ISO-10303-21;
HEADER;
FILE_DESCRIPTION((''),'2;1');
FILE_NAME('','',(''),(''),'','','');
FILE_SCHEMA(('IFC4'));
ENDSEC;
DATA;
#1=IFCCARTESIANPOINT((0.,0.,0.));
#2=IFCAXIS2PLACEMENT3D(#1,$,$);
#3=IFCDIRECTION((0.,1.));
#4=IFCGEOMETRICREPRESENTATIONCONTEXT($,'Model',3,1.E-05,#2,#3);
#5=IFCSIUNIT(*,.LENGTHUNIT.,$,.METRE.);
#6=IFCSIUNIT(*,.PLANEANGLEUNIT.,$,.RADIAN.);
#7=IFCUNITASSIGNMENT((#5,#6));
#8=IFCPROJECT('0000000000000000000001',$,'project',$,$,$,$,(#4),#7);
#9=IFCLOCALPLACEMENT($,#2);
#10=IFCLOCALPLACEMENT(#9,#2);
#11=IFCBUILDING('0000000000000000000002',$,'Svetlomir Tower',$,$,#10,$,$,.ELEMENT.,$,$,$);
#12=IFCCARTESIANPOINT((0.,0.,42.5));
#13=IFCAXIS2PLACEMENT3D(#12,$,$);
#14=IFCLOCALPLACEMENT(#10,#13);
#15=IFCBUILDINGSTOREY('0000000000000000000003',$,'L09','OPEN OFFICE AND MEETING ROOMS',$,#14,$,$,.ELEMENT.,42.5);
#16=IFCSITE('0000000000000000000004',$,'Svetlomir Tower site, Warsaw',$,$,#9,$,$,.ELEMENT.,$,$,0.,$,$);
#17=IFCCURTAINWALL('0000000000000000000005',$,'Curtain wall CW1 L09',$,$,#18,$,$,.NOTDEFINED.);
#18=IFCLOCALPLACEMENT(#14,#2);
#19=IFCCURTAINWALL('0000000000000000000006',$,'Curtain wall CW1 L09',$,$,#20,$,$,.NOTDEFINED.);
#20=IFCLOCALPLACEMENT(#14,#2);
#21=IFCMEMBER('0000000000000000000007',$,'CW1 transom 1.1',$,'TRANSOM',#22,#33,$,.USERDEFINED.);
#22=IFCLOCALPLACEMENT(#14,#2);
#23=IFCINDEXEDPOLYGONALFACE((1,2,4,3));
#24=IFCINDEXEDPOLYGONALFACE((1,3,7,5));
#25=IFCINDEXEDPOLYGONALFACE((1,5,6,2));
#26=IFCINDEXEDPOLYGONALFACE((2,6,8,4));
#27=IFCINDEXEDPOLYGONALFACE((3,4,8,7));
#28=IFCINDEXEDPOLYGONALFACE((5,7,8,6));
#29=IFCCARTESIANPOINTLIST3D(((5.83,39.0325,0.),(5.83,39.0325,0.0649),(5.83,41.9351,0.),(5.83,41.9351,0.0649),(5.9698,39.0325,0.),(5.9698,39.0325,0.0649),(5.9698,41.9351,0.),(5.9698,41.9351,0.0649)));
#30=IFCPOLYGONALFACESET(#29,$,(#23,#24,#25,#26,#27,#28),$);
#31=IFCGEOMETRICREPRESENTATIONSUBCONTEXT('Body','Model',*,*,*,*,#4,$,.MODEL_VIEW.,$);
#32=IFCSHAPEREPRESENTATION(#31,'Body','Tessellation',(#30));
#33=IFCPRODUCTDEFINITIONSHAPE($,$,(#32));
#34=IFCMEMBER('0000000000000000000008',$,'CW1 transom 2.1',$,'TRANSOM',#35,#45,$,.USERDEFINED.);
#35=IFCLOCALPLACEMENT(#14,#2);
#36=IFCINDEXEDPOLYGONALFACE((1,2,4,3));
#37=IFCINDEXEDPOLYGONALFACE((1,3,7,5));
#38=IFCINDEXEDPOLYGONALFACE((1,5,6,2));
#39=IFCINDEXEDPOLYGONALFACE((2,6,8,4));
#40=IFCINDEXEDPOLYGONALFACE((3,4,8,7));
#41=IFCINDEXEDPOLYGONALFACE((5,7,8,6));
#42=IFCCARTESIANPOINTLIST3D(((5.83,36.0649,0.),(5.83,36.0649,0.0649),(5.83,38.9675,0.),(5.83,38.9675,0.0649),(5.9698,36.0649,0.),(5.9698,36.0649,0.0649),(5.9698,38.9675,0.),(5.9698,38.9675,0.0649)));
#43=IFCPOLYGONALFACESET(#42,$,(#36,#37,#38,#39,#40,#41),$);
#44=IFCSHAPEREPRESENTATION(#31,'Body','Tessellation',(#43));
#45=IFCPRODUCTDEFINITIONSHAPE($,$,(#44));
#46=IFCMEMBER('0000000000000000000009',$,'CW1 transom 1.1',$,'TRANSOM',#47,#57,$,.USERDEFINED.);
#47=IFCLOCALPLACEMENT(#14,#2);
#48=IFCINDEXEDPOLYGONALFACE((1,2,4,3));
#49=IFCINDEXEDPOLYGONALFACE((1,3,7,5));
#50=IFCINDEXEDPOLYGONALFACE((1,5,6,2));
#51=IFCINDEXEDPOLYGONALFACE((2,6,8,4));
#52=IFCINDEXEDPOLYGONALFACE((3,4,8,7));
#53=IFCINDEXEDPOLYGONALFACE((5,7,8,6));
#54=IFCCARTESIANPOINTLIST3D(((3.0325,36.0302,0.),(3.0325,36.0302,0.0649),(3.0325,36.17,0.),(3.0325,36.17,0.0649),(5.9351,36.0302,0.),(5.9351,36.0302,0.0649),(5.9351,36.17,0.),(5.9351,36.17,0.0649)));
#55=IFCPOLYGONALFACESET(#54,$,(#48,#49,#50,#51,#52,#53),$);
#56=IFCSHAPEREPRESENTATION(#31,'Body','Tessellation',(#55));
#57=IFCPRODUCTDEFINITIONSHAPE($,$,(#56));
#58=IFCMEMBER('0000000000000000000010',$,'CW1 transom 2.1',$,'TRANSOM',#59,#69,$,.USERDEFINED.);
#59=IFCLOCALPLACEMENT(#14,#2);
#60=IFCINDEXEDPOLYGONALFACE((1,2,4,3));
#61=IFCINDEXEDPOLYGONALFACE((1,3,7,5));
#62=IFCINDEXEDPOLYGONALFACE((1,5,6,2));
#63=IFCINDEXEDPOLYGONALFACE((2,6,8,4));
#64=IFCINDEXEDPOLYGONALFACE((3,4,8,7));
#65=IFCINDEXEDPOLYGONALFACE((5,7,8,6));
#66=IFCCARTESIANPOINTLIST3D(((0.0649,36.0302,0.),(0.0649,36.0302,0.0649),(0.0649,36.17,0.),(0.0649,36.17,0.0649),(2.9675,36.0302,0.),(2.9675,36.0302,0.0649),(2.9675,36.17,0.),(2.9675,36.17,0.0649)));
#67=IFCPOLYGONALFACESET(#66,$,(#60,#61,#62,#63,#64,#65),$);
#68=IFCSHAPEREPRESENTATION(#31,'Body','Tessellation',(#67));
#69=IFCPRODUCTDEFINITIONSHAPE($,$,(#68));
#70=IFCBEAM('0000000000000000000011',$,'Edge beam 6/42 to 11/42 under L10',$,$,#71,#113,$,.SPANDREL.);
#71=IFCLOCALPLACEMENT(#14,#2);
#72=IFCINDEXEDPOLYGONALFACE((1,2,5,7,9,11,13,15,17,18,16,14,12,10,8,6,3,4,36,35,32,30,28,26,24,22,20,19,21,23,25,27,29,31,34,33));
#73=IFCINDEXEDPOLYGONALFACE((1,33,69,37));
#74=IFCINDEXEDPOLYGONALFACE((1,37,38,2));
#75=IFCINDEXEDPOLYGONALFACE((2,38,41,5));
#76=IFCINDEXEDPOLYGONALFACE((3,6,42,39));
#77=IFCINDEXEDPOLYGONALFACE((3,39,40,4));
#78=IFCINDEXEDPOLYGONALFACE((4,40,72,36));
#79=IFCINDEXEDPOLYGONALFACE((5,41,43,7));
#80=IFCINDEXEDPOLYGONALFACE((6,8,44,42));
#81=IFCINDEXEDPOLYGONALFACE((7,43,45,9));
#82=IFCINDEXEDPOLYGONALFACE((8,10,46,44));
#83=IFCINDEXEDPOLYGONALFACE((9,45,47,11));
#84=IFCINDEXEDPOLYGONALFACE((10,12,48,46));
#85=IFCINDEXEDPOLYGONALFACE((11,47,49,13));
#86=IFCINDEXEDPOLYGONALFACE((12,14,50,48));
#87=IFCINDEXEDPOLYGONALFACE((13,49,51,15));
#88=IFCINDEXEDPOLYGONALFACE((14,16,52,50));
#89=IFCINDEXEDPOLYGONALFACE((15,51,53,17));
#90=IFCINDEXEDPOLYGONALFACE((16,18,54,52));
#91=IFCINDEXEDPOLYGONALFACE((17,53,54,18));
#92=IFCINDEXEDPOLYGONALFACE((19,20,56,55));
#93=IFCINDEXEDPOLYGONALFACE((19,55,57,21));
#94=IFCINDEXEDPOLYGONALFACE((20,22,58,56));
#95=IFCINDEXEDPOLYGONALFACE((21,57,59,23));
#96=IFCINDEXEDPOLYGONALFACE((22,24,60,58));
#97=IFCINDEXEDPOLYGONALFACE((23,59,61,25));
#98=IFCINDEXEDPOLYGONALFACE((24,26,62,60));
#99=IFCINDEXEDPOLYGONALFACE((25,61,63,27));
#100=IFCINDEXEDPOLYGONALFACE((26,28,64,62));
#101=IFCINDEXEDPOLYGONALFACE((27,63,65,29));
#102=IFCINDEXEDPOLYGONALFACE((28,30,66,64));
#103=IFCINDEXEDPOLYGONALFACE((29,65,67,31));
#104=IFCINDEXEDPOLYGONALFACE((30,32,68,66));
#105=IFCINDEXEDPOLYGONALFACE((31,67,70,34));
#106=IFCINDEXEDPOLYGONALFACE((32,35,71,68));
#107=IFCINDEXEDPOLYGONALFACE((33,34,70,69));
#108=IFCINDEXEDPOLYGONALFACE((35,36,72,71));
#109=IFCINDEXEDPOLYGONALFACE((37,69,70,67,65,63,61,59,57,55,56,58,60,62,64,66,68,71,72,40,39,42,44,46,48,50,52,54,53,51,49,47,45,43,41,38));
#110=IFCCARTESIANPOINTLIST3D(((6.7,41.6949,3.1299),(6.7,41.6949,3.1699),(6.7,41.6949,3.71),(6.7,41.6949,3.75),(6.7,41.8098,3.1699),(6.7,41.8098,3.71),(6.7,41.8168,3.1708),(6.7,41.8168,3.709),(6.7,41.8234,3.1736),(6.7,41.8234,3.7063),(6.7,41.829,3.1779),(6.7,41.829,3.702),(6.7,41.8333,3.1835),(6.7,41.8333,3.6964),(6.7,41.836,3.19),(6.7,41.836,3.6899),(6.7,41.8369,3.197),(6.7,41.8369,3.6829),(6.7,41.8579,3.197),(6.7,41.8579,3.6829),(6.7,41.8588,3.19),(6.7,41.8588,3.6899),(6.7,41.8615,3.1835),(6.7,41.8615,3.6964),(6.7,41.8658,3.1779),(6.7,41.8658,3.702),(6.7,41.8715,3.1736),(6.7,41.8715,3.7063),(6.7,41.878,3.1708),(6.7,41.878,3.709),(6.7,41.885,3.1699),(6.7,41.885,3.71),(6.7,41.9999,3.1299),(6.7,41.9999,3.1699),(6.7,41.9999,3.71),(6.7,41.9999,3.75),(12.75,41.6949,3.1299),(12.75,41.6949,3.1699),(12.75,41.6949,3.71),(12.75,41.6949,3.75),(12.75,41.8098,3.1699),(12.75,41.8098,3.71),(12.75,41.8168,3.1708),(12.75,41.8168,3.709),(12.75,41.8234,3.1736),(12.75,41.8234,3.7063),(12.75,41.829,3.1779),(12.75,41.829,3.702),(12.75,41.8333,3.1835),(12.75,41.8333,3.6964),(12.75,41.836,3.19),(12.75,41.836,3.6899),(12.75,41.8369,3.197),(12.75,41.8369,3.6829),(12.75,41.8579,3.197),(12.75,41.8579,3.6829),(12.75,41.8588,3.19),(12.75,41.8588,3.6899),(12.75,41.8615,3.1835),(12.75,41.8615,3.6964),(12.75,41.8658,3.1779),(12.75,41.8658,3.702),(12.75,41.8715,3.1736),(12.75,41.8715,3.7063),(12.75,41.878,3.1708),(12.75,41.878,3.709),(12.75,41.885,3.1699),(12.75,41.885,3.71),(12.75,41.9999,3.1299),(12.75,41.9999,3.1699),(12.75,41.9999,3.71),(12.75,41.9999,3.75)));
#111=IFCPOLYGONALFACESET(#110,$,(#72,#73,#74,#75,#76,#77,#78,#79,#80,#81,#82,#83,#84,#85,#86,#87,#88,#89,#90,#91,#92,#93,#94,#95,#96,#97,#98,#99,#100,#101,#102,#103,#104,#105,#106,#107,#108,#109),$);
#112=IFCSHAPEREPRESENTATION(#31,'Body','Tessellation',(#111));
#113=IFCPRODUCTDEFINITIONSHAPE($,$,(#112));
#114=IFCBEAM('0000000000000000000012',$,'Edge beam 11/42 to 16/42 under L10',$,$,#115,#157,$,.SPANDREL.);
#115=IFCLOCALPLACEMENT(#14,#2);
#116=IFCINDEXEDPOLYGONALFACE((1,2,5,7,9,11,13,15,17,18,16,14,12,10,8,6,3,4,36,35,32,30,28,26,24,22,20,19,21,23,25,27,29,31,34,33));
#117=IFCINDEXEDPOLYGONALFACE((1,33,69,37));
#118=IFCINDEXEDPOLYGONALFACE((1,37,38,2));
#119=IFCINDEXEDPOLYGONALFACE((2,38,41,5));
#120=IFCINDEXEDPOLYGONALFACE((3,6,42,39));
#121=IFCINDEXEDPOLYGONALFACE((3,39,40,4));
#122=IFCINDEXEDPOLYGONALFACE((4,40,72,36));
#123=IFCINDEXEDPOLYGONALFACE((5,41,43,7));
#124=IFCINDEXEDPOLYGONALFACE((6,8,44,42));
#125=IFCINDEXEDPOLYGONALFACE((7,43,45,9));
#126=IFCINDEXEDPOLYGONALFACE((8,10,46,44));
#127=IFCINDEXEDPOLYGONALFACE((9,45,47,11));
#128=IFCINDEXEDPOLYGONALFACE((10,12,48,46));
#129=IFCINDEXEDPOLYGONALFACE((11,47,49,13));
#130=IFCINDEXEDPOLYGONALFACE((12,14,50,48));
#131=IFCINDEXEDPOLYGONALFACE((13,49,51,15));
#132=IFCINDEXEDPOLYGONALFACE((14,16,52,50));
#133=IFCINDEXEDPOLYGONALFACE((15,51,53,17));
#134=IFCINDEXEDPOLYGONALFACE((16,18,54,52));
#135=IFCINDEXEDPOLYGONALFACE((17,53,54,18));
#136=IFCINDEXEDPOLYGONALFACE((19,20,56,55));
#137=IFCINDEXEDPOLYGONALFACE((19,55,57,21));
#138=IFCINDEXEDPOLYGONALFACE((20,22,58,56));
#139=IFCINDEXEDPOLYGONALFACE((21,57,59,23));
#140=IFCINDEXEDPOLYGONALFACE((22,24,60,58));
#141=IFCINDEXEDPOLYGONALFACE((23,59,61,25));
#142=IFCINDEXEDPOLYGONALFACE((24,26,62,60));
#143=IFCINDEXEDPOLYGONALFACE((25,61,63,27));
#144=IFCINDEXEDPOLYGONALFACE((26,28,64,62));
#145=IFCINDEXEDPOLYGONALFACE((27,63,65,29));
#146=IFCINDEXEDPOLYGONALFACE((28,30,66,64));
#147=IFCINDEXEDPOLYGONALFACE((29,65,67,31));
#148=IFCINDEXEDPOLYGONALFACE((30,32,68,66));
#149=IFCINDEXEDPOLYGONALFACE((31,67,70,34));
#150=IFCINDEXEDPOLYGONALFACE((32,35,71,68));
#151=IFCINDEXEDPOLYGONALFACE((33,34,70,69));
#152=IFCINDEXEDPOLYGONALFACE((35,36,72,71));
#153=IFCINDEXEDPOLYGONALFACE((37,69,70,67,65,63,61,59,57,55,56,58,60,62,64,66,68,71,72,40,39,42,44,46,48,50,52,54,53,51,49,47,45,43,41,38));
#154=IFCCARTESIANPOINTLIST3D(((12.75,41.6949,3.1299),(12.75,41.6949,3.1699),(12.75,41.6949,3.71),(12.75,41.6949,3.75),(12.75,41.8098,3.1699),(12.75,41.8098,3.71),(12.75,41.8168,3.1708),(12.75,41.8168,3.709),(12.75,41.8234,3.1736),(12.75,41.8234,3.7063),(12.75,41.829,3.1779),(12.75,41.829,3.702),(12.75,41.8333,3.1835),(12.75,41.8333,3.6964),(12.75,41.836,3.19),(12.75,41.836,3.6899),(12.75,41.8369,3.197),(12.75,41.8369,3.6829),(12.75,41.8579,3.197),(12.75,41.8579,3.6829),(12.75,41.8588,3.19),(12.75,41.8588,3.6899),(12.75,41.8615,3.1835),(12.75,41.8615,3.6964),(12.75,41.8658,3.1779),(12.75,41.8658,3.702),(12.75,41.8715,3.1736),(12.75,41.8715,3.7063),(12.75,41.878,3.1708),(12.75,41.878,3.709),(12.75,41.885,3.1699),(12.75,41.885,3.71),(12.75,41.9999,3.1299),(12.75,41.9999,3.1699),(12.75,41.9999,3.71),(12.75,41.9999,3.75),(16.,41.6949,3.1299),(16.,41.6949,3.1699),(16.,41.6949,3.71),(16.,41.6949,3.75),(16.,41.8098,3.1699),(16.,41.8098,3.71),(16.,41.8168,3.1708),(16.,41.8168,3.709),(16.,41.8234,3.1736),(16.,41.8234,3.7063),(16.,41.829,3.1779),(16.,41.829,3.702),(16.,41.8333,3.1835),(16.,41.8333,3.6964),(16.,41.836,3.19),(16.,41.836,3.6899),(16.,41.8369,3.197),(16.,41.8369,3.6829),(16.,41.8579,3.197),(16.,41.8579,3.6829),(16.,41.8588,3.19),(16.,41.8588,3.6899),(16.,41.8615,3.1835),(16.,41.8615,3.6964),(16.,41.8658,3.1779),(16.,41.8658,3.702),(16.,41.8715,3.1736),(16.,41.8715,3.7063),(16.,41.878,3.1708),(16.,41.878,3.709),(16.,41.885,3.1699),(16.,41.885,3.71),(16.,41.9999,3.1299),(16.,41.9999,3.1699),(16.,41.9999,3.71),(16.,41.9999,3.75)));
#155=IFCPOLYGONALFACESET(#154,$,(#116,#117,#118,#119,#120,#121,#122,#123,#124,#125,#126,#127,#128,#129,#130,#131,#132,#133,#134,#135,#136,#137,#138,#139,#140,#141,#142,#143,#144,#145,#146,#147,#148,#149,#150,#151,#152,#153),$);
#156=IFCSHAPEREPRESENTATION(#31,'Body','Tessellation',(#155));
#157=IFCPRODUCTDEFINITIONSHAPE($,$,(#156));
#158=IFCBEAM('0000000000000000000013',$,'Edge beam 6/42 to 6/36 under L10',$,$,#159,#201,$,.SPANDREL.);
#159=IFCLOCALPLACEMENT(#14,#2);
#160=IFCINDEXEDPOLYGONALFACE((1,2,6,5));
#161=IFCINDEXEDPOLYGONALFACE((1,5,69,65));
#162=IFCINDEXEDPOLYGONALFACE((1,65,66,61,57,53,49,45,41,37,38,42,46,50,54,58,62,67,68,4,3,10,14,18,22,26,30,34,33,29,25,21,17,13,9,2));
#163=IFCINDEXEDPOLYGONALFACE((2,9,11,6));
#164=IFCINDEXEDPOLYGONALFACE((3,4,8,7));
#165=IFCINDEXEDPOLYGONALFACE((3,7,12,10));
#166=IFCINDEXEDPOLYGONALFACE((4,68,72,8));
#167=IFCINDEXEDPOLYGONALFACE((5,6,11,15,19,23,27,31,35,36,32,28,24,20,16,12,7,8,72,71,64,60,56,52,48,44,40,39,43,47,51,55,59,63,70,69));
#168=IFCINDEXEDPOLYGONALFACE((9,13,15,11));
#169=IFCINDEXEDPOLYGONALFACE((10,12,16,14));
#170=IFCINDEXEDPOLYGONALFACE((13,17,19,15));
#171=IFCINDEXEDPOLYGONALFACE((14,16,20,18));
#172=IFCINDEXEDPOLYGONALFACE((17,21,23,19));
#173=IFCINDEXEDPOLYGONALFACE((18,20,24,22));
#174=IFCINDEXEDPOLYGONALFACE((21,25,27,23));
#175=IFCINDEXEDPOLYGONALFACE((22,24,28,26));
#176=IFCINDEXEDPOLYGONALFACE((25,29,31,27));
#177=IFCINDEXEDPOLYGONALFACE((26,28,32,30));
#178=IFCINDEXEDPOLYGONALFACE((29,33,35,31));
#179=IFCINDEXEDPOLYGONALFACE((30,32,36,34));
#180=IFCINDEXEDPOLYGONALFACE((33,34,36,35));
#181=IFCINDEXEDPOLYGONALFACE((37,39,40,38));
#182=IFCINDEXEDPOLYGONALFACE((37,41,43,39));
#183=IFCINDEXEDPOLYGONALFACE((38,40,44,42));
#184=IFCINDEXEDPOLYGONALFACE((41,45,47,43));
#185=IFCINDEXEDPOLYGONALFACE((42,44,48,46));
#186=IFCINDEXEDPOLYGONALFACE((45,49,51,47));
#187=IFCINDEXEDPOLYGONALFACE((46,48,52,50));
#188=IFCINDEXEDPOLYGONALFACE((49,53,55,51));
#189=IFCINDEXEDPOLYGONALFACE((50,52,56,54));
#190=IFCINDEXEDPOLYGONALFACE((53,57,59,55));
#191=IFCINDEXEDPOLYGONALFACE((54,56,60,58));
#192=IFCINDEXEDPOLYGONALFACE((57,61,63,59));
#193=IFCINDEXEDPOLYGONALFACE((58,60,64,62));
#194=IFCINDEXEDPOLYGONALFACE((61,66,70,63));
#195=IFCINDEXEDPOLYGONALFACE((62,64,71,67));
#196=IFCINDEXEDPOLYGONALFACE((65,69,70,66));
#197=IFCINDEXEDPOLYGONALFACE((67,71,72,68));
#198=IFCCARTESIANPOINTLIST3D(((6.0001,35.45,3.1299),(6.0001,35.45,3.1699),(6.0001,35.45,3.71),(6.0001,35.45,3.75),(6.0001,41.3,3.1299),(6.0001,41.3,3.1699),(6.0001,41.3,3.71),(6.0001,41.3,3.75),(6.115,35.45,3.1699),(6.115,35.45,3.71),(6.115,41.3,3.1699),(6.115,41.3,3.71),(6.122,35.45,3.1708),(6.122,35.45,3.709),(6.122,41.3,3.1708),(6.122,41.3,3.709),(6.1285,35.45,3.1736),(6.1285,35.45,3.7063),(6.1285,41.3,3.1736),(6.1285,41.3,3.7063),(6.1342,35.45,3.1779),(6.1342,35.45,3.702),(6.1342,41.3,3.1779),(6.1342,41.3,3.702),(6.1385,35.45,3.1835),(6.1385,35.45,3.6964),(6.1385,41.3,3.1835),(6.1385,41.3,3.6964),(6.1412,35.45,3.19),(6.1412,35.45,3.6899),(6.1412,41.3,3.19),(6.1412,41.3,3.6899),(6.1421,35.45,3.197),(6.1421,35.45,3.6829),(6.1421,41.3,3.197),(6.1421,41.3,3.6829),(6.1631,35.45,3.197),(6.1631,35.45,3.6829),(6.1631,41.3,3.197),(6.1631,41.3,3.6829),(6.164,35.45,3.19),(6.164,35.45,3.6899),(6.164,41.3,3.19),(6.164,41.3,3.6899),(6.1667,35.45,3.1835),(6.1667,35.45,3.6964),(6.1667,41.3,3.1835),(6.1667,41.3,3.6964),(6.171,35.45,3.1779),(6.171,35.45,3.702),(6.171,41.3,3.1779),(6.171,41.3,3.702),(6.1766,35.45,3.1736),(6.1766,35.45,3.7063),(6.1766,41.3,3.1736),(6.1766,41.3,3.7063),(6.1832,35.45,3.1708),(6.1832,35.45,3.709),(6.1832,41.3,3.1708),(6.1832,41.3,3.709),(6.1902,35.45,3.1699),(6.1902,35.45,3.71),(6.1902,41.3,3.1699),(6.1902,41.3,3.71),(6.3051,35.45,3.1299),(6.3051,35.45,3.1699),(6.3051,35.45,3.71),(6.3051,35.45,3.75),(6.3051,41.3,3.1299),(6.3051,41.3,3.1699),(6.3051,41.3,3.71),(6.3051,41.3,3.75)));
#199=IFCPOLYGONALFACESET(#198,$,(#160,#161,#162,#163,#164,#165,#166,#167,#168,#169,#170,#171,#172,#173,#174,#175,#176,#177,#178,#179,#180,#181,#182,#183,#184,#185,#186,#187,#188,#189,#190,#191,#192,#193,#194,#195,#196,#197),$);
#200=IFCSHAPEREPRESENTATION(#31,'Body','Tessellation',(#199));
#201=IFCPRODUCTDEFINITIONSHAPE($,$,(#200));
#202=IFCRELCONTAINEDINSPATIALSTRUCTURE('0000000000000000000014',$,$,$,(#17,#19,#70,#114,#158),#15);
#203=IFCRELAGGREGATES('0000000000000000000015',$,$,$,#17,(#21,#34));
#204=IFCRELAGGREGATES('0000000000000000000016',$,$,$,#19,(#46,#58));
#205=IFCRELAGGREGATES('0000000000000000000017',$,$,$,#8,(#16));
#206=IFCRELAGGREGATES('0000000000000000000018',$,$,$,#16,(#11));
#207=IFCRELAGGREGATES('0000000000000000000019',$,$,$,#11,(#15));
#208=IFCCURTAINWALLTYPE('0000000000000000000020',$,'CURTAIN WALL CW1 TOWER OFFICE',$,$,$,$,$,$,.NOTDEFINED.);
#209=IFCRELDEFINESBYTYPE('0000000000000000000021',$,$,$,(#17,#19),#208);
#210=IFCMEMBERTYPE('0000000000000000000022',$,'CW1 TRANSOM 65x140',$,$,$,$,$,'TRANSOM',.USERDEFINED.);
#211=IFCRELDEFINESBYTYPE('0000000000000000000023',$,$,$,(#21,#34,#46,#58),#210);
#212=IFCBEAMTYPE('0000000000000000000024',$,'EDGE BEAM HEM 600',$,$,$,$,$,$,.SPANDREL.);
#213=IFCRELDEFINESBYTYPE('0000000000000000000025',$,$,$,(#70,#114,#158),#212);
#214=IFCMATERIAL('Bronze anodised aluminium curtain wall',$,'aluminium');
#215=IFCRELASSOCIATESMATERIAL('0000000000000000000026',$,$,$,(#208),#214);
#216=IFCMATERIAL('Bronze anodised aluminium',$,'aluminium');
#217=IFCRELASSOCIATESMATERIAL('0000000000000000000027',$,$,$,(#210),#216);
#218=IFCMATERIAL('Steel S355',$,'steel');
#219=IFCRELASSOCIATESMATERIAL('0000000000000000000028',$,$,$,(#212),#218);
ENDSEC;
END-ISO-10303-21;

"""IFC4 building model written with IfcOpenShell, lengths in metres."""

from ifc_helpers import new_model, si_unit, direction, frame, origin, origin_2d, place, context, subcontext, project, spatial, rectangle, i_section, extrude, material, material_profile, profile_set, type_object, element, aggregate, save


model = new_model("IFC4")

# Units and contexts
model_context = context("Model", 3, precision=1e-05, world=origin(), true_north=direction((0.0, 1.0)))
body_context = subcontext(model_context, "Body", "Model", "MODEL_VIEW")
ifc_project = project(units=[si_unit("LENGTHUNIT", "METRE"), si_unit("PLANEANGLEUNIT", "RADIAN")], contexts=[model_context])

# Site, building, storey
site_placement = place(None, origin())
site = spatial("IfcSite", under=ifc_project, at=site_placement, Name="Svetlomir Tower site, Warsaw", CompositionType="ELEMENT", RefElevation=0.0)
building_placement = place(site_placement, origin())
building = spatial("IfcBuilding", under=site, at=building_placement, Name="Svetlomir Tower", CompositionType="ELEMENT")
storey_placement = place(building_placement, frame((0.0, 0.0, 42.5)))
storey = spatial("IfcBuildingStorey", under=building, at=storey_placement, Name="L09", Description="OPEN OFFICE AND MEETING ROOMS", CompositionType="ELEMENT", Elevation=42.5)

# Curtain walls
ifc_material_1 = material(Name="Bronze anodised aluminium curtain wall", Category="aluminium")
curtain_wall_type = type_object("IfcCurtainWallType", Name="CURTAIN WALL CW1 TOWER OFFICE", PredefinedType="NOTDEFINED", material=ifc_material_1)
curtain_wall_1_placement = place(storey_placement, origin())
curtain_wall_1 = element("IfcCurtainWall", 1, at=curtain_wall_1_placement, inside=storey, type_object=curtain_wall_type, Name="Curtain wall CW1 L09", PredefinedType="NOTDEFINED")
curtain_wall_2_placement = place(storey_placement, origin())
curtain_wall_2 = element("IfcCurtainWall", 2, at=curtain_wall_2_placement, inside=storey, type_object=curtain_wall_type, Name="Curtain wall CW1 L09", PredefinedType="NOTDEFINED")

# Members
ifc_material_2 = material(Name="Bronze anodised aluminium", Category="aluminium")
ifc_material_profile_1 = material_profile(ifc_material_2, rectangle(XDim=0.1399, YDim=0.0649, at=origin_2d()), Name="AL 140x65")
ifc_profile_set_1 = profile_set([ifc_material_profile_1], Name="Bronze anodised aluminium 6063-T6")
member_type_1 = type_object("IfcMemberType", Name="CW1 TRANSOM 65x140", ElementType="TRANSOM", PredefinedType="USERDEFINED", material=ifc_profile_set_1)
member_1_placement = place(storey_placement, frame((5.8999, 41.9351, 0.0325), z_axis=(0.0, -1.0, 0.0), x_axis=(1.0, 0.0, 0.0)))
member_1 = element("IfcMember", 3, at=member_1_placement, type_object=member_type_1, Name="CW1 transom 1.1", ObjectType="TRANSOM", PredefinedType="USERDEFINED", context=body_context, shape_type="SweptSolid", body=[
    extrude(rectangle(XDim=0.1399, YDim=0.0649, at=origin_2d()), origin(), (0.0, 0.0, 1.0), 2.9026),
])
member_2_placement = place(storey_placement, frame((5.8999, 38.9675, 0.0325), z_axis=(0.0, -1.0, 0.0), x_axis=(1.0, 0.0, 0.0)))
member_2 = element("IfcMember", 4, at=member_2_placement, type_object=member_type_1, Name="CW1 transom 2.1", ObjectType="TRANSOM", PredefinedType="USERDEFINED", context=body_context, shape_type="SweptSolid", body=[
    extrude(rectangle(XDim=0.1399, YDim=0.0649, at=origin_2d()), origin(), (0.0, 0.0, 1.0), 2.9026),
])
member_3_placement = place(storey_placement, frame((5.9351, 36.1001, 0.0325), z_axis=(-1.0, 0.0, 0.0), x_axis=(0.0, -1.0, 0.0)))
member_3 = element("IfcMember", 5, at=member_3_placement, type_object=member_type_1, Name="CW1 transom 1.1", ObjectType="TRANSOM", PredefinedType="USERDEFINED", context=body_context, shape_type="SweptSolid", body=[
    extrude(rectangle(XDim=0.1399, YDim=0.0649, at=origin_2d()), origin(), (0.0, 0.0, 1.0), 2.9026),
])
member_4_placement = place(storey_placement, frame((2.9675, 36.1001, 0.0325), z_axis=(-1.0, 0.0, 0.0), x_axis=(0.0, -1.0, 0.0)))
member_4 = element("IfcMember", 6, at=member_4_placement, type_object=member_type_1, Name="CW1 transom 2.1", ObjectType="TRANSOM", PredefinedType="USERDEFINED", context=body_context, shape_type="SweptSolid", body=[
    extrude(rectangle(XDim=0.1399, YDim=0.0649, at=origin_2d()), origin(), (0.0, 0.0, 1.0), 2.9026),
])

# Beams
ifc_material_3 = material(Name="Steel S355", Category="steel")
ifc_material_profile_2 = material_profile(ifc_material_3, i_section(OverallWidth=0.3049, OverallDepth=0.6201, WebThickness=0.021, FlangeThickness=0.04, FilletRadius=0.0271, at=origin_2d()), Name="HEM 600")
ifc_profile_set_2 = profile_set([ifc_material_profile_2], Name="Steel S355")
beam_type = type_object("IfcBeamType", Name="EDGE BEAM HEM 600", PredefinedType="SPANDREL", material=ifc_profile_set_2)
beam_1_placement = place(storey_placement, frame((6.7, 41.8474, 3.4399), z_axis=(1.0, 0.0, 0.0), x_axis=(0.0, 1.0, 0.0)))
element("IfcBeam", 7, at=beam_1_placement, inside=storey, type_object=beam_type, Name="Edge beam 6/42 to 11/42 under L10", PredefinedType="SPANDREL", context=body_context, shape_type="SweptSolid", body=[
    extrude(i_section(OverallWidth=0.3049, OverallDepth=0.6201, WebThickness=0.021, FlangeThickness=0.04, FilletRadius=0.0271, at=origin_2d()), origin(), (0.0, 0.0, 1.0), 6.05),
])
beam_2_placement = place(storey_placement, frame((12.75, 41.8474, 3.4399), z_axis=(1.0, 0.0, 0.0), x_axis=(0.0, 1.0, 0.0)))
element("IfcBeam", 8, at=beam_2_placement, inside=storey, type_object=beam_type, Name="Edge beam 11/42 to 16/42 under L10", PredefinedType="SPANDREL", context=body_context, shape_type="SweptSolid", body=[
    extrude(i_section(OverallWidth=0.3049, OverallDepth=0.6201, WebThickness=0.021, FlangeThickness=0.04, FilletRadius=0.0271, at=origin_2d()), origin(), (0.0, 0.0, 1.0), 3.25),
])
beam_3_placement = place(storey_placement, frame((6.1526, 41.3, 3.4399), z_axis=(0.0, -1.0, 0.0), x_axis=(1.0, 0.0, 0.0)))
element("IfcBeam", 9, at=beam_3_placement, inside=storey, type_object=beam_type, Name="Edge beam 6/42 to 6/36 under L10", PredefinedType="SPANDREL", context=body_context, shape_type="SweptSolid", body=[
    extrude(i_section(OverallWidth=0.3049, OverallDepth=0.6201, WebThickness=0.021, FlangeThickness=0.04, FilletRadius=0.0271, at=origin_2d()), origin(), (0.0, 0.0, 1.0), 5.8501),
])

aggregate(curtain_wall_1, [member_1, member_2])
aggregate(curtain_wall_2, [member_3, member_4])

save(model, "model.ifc")
